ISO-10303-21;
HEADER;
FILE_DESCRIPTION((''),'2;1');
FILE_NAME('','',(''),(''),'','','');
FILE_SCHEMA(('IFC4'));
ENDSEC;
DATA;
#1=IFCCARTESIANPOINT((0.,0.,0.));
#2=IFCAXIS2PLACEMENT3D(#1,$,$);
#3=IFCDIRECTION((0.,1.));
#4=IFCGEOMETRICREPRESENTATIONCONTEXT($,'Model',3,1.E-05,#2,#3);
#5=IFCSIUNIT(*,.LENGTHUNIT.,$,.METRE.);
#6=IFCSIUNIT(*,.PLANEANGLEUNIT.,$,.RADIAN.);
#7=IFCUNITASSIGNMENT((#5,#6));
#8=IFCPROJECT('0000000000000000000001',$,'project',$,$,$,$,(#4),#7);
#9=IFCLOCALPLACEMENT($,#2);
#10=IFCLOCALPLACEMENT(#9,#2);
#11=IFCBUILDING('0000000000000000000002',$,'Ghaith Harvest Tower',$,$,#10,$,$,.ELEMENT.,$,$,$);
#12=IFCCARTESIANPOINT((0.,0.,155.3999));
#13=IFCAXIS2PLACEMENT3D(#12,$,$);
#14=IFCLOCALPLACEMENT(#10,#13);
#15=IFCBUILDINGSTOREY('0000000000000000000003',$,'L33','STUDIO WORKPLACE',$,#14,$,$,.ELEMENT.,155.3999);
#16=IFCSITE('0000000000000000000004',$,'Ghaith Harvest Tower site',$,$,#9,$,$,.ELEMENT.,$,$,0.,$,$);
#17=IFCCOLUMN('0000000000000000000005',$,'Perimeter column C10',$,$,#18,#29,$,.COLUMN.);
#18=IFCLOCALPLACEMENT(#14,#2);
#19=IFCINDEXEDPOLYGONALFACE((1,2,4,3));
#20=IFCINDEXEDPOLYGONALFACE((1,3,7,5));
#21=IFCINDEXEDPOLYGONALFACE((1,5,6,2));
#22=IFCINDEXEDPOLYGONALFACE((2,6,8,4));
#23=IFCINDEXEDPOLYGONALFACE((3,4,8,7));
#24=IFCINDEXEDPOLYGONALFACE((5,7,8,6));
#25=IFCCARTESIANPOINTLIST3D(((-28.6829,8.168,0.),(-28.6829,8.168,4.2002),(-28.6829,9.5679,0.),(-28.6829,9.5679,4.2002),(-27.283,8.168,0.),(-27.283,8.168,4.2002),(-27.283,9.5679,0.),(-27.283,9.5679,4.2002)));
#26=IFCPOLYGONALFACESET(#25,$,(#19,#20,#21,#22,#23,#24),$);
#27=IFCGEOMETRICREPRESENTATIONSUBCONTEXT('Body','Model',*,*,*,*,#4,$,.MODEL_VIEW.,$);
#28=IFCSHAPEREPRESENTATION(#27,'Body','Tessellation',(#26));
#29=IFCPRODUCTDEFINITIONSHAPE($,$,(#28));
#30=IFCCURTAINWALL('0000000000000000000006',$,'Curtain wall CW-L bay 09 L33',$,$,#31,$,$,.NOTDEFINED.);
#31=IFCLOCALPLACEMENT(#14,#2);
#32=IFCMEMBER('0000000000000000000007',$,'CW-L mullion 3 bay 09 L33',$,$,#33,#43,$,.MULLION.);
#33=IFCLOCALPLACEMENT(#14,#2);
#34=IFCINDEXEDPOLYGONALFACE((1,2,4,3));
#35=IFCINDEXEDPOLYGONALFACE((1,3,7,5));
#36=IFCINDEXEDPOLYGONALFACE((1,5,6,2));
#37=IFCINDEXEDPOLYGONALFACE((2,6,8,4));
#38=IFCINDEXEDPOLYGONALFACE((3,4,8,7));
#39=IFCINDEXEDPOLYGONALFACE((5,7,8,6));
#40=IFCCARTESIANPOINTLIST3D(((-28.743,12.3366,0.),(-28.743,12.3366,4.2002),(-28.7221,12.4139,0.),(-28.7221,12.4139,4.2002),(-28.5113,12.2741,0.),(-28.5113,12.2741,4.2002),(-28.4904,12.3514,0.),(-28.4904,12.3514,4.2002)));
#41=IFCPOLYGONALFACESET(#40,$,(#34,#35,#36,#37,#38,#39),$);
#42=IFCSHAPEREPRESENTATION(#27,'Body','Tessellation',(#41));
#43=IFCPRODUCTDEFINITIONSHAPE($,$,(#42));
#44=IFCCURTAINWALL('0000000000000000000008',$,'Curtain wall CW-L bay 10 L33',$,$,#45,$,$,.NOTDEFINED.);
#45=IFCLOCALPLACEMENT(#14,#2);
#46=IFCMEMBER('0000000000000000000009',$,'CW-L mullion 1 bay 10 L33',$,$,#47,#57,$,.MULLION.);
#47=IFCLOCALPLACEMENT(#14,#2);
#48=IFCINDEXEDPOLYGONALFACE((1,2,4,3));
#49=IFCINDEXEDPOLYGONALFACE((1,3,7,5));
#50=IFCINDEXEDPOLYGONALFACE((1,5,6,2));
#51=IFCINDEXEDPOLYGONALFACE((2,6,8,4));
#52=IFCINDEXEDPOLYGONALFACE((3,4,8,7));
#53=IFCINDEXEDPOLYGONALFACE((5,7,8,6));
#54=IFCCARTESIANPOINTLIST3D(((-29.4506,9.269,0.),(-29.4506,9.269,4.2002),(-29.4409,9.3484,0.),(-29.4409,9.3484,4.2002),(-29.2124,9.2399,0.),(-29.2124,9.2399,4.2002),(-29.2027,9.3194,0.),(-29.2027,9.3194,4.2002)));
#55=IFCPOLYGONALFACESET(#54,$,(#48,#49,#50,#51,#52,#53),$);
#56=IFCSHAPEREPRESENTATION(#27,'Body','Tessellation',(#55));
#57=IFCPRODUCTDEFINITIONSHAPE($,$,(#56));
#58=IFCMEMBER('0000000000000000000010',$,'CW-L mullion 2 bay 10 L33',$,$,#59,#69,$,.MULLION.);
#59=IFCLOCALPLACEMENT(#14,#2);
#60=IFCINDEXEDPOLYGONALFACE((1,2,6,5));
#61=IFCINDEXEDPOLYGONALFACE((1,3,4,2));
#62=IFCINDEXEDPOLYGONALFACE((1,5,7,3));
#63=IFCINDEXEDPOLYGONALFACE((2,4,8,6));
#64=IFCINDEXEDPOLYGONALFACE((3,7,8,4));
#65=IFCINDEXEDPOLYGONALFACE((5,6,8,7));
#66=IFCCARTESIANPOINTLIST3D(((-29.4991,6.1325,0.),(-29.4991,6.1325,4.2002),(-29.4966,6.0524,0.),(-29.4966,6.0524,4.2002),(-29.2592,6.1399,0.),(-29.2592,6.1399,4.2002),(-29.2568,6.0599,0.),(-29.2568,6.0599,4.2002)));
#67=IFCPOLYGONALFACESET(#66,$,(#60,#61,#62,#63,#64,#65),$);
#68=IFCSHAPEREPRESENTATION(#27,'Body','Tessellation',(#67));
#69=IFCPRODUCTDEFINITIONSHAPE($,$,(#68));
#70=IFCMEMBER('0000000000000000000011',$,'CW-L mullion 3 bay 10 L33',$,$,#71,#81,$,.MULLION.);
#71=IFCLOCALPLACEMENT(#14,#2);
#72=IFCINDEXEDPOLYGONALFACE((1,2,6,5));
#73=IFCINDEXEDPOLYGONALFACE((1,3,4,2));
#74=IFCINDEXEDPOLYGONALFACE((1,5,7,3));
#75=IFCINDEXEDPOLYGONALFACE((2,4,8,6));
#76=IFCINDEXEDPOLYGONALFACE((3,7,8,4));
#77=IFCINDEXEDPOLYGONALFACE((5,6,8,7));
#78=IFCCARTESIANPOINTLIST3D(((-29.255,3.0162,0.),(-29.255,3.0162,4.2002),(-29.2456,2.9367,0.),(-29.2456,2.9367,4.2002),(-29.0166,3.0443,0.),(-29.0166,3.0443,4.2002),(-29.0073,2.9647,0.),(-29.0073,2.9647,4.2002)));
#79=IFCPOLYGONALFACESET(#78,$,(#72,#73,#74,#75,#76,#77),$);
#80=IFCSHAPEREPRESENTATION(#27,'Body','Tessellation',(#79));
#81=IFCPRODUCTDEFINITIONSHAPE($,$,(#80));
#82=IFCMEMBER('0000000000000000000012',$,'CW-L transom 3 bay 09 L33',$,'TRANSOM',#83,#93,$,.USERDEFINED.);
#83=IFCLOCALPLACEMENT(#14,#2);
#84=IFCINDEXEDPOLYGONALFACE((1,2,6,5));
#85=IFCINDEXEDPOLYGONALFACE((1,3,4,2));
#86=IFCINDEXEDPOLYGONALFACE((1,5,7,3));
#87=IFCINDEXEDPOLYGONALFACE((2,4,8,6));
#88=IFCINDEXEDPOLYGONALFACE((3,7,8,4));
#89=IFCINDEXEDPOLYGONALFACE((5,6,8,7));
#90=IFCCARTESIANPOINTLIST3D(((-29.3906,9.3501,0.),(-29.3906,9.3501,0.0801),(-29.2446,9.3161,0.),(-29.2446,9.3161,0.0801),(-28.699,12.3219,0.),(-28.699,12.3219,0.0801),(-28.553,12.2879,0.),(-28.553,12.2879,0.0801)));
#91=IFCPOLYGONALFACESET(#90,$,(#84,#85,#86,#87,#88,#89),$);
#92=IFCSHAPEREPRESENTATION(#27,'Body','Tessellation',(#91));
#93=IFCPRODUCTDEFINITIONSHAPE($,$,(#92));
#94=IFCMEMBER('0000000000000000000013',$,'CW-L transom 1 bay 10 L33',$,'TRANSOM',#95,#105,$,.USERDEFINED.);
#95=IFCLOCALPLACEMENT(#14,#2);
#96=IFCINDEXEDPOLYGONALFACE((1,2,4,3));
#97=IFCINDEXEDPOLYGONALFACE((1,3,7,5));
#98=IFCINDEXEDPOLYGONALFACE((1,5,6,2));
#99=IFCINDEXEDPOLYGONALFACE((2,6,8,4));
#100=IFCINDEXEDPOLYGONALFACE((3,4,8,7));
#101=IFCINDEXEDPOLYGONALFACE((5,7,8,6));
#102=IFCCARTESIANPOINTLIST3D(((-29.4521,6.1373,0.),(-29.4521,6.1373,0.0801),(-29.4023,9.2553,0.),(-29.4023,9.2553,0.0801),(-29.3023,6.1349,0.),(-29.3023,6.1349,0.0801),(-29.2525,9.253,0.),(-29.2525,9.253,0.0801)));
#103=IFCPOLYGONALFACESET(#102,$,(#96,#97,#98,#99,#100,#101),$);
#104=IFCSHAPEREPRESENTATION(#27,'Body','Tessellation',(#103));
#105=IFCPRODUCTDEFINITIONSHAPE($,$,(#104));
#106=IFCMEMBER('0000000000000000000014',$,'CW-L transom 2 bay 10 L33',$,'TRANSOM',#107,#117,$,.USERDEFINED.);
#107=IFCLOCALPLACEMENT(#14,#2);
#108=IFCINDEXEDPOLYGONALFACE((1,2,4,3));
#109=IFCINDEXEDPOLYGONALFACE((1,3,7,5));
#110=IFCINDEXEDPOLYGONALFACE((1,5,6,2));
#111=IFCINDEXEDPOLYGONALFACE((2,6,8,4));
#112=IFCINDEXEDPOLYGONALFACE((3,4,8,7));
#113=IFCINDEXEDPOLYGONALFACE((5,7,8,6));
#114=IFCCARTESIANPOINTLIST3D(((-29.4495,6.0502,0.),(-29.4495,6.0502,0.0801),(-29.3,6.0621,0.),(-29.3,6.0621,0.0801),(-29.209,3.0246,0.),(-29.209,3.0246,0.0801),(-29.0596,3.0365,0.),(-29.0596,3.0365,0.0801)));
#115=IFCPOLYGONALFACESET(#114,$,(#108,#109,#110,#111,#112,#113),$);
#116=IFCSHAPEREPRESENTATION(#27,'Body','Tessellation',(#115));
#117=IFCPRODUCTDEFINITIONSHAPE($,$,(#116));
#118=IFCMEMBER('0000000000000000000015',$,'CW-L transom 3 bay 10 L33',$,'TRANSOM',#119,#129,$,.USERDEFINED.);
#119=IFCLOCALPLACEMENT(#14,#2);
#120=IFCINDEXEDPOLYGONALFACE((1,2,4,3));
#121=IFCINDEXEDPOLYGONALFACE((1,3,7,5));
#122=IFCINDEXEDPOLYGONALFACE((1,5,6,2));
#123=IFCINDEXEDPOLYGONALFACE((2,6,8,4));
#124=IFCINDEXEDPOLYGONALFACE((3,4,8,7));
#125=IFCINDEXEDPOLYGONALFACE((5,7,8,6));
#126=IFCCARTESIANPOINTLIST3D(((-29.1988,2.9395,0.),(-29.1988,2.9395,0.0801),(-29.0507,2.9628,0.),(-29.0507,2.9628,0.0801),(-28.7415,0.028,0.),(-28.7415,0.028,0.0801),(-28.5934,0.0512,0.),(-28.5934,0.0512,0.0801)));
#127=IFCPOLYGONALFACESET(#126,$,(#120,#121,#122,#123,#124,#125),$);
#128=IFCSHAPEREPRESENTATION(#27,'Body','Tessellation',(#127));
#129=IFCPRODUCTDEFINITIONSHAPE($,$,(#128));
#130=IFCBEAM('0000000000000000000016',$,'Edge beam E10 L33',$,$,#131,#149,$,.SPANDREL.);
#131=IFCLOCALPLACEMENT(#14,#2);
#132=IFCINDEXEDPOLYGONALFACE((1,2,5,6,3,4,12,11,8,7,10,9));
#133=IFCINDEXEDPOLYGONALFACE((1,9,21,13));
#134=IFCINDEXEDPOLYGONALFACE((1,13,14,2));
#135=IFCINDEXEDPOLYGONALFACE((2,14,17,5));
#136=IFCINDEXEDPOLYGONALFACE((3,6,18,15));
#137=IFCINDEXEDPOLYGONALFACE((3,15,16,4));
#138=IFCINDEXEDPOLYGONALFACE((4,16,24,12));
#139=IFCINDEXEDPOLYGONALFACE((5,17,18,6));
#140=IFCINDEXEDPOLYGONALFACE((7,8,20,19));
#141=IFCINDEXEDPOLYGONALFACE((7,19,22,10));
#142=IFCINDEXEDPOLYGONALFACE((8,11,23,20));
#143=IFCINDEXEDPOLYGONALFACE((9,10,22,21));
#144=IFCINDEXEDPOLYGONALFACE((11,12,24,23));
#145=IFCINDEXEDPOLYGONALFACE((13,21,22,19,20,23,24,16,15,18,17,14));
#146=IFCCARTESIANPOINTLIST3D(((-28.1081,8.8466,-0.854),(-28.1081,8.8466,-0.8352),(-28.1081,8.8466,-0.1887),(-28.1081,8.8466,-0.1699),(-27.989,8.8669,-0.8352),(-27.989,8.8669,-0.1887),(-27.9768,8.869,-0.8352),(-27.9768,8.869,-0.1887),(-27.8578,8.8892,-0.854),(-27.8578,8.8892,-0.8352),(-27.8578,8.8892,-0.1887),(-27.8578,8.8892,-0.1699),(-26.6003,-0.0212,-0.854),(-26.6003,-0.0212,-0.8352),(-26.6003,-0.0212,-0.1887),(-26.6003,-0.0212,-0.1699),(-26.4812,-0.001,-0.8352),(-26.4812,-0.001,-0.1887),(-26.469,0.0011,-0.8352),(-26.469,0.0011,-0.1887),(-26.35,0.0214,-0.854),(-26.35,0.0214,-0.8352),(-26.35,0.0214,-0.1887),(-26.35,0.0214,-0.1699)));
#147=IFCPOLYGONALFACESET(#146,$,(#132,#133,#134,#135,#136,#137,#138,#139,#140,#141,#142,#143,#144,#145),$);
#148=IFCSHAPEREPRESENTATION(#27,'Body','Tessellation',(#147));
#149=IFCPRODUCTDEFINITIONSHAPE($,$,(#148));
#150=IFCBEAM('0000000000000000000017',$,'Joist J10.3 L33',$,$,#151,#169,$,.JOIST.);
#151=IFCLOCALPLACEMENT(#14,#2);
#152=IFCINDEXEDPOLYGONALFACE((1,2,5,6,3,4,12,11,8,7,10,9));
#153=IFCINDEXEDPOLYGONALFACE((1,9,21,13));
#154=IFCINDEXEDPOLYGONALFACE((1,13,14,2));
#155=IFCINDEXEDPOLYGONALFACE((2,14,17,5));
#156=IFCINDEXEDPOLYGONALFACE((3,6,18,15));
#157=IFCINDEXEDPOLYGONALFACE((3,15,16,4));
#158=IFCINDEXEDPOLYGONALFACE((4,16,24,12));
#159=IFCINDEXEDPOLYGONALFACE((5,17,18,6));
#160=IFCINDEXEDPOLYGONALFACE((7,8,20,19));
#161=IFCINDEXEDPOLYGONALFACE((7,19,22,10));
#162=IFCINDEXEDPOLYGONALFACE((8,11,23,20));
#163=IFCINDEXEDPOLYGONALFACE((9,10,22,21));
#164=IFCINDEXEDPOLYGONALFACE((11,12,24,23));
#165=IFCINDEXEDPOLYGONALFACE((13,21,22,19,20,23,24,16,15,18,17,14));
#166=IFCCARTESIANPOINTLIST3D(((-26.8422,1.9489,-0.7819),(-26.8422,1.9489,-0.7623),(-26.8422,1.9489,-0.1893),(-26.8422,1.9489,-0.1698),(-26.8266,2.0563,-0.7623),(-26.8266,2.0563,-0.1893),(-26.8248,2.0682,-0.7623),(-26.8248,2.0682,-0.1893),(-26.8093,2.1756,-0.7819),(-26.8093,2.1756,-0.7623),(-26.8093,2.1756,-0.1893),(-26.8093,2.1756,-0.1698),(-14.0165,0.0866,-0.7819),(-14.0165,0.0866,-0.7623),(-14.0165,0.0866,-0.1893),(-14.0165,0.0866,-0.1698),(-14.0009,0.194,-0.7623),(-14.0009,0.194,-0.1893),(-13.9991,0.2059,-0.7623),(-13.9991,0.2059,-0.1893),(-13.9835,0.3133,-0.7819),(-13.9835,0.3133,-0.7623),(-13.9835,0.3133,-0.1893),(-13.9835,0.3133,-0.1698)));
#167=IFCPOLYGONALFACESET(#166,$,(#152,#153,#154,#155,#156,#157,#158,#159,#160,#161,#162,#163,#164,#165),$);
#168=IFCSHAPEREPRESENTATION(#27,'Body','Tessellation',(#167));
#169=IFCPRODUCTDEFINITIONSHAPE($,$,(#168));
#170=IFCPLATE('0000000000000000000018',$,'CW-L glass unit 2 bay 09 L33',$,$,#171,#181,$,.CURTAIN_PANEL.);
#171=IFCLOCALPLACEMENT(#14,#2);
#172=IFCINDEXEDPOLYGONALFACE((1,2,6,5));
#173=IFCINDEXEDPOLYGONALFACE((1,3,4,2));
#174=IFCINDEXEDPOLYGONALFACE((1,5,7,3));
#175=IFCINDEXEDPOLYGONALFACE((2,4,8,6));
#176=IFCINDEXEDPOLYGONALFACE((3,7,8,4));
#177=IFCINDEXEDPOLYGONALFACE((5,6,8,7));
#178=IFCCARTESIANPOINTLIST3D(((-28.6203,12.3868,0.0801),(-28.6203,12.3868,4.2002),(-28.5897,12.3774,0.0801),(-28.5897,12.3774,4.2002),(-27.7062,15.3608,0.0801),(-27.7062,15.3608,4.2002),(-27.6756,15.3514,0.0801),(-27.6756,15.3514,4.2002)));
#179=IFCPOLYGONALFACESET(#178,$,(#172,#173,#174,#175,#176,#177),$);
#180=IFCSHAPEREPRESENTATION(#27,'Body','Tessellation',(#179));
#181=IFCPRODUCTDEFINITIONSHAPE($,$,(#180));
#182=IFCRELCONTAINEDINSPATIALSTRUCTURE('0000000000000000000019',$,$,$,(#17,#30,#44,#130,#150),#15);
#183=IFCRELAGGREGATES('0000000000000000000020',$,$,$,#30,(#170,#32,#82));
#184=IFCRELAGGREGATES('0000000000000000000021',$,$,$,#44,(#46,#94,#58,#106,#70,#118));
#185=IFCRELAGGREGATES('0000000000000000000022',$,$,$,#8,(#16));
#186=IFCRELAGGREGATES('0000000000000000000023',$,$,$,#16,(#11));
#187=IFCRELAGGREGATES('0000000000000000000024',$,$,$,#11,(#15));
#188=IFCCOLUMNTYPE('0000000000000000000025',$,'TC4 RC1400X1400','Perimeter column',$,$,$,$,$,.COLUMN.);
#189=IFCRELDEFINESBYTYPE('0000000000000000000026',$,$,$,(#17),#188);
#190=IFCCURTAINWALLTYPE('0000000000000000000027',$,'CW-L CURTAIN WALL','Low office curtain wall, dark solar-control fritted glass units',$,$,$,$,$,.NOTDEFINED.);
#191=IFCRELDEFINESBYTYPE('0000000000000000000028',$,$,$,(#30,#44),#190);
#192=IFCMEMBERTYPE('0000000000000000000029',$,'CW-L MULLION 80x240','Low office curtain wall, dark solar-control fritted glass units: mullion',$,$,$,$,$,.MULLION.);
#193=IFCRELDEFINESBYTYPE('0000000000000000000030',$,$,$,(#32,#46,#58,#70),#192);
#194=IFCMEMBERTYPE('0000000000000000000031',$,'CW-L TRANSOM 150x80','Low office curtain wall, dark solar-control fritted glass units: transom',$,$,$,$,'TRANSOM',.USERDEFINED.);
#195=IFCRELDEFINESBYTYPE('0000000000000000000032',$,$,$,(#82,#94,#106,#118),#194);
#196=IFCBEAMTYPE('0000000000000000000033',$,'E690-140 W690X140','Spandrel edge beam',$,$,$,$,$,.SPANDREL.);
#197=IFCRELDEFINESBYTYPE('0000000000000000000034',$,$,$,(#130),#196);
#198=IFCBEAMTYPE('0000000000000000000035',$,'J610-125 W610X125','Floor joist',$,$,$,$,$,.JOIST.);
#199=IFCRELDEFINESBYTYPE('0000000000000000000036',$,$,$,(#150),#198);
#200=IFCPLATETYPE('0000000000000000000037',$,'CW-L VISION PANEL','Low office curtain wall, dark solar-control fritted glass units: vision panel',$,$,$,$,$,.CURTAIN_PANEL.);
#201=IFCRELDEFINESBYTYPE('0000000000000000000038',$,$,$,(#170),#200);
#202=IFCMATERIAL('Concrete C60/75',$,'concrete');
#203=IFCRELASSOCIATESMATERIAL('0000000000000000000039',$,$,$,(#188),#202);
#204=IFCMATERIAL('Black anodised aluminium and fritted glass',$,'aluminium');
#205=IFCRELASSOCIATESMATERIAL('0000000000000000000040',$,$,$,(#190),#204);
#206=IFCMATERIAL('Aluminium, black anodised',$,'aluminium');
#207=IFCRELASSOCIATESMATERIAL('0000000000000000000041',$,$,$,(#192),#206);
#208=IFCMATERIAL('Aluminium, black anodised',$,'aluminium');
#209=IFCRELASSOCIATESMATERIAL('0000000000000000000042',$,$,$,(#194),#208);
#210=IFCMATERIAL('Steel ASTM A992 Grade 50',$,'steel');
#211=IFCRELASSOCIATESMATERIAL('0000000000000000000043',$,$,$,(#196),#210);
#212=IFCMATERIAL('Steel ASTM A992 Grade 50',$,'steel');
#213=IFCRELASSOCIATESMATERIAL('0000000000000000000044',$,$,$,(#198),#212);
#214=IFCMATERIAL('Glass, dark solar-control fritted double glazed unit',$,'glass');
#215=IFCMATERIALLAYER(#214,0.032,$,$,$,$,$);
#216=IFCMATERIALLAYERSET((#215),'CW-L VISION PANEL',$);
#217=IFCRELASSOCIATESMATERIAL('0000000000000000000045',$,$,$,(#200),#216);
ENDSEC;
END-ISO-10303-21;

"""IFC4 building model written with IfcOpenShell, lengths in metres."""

from ifc_helpers import new_model, si_unit, direction, frame, origin, origin_2d, place, context, subcontext, project, spatial, rectangle, i_section, extrude, material, layer, layer_set, material_profile, profile_set, type_object, element, aggregate, save


model = new_model("IFC4")

# Units and contexts
model_context = context("Model", 3, precision=1e-05, world=origin(), true_north=direction((0.0, 1.0)))
body_context = subcontext(model_context, "Body", "Model", "MODEL_VIEW")
ifc_project = project(units=[si_unit("LENGTHUNIT", "METRE"), si_unit("PLANEANGLEUNIT", "RADIAN")], contexts=[model_context])

# Site, building, storey
site_placement = place(None, origin())
site = spatial("IfcSite", under=ifc_project, at=site_placement, Name="Ghaith Harvest Tower site", CompositionType="ELEMENT", RefElevation=0.0)
building_placement = place(site_placement, origin())
building = spatial("IfcBuilding", under=site, at=building_placement, Name="Ghaith Harvest Tower", CompositionType="ELEMENT")
storey_placement = place(building_placement, frame((0.0, 0.0, 155.3999)))
storey = spatial("IfcBuildingStorey", under=building, at=storey_placement, Name="L33", Description="STUDIO WORKPLACE", CompositionType="ELEMENT", Elevation=155.3999)

# Column
ifc_material_1 = material(Name="Concrete C60/75", Category="concrete")
ifc_material_profile_1 = material_profile(ifc_material_1, rectangle(XDim=1.3999, YDim=1.3999, at=origin_2d()), Name="RC1400X1400")
ifc_profile_set_1 = profile_set([ifc_material_profile_1], Name="Concrete C60/75")
column_type = type_object("IfcColumnType", Name="TC4 RC1400X1400", Description="Perimeter column", PredefinedType="COLUMN", material=ifc_profile_set_1)
column_placement = place(storey_placement, frame((-27.9829, 8.8679, 0.0), z_axis=(0.0, 0.0, 1.0), x_axis=(1.0, 0.0, 0.0)))
element("IfcColumn", 1, at=column_placement, inside=storey, type_object=column_type, Name="Perimeter column C10", PredefinedType="COLUMN", context=body_context, shape_type="SweptSolid", body=[
    extrude(rectangle(XDim=1.3999, YDim=1.3999, at=origin_2d()), origin(), (0.0, 0.0, 1.0), 4.2002),
])

# Curtain wall, member
ifc_material_2 = material(Name="Black anodised aluminium and fritted glass", Category="aluminium")
curtain_wall_type = type_object("IfcCurtainWallType", Name="CW-L CURTAIN WALL", Description="Low office curtain wall, dark solar-control fritted glass units", PredefinedType="NOTDEFINED", material=ifc_material_2)
curtain_wall_1_placement = place(storey_placement, origin())
curtain_wall_1 = element("IfcCurtainWall", 2, at=curtain_wall_1_placement, inside=storey, type_object=curtain_wall_type, Name="Curtain wall CW-L bay 09 L33", PredefinedType="NOTDEFINED")
ifc_material_3 = material(Name="Aluminium, black anodised", Category="aluminium")
ifc_material_profile_2 = material_profile(ifc_material_3, rectangle(XDim=0.0801, YDim=0.24, at=origin_2d()), Name="CW-L MULLION 80x240")
ifc_profile_set_2 = profile_set([ifc_material_profile_2], Name="Aluminium, black anodised")
member_type_1 = type_object("IfcMemberType", Name="CW-L MULLION 80x240", Description="Low office curtain wall, dark solar-control fritted glass units: mullion", PredefinedType="MULLION", material=ifc_profile_set_2)
member_1_placement = place(storey_placement, frame((-28.6167, 12.344, 0.0), z_axis=(0.0, 0.0, 1.0), x_axis=(-0.260727, -0.965412, 0.0)))
member_1 = element("IfcMember", 3, at=member_1_placement, type_object=member_type_1, Name="CW-L mullion 3 bay 09 L33", PredefinedType="MULLION", context=body_context, shape_type="SweptSolid", body=[
    extrude(rectangle(XDim=0.0801, YDim=0.24, at=origin_2d()), origin(), (0.0, 0.0, 1.0), 4.2002),
])

# Curtain wall, members
curtain_wall_2_placement = place(storey_placement, origin())
curtain_wall_2 = element("IfcCurtainWall", 4, at=curtain_wall_2_placement, inside=storey, type_object=curtain_wall_type, Name="Curtain wall CW-L bay 10 L33", PredefinedType="NOTDEFINED")
member_2_placement = place(storey_placement, frame((-29.3267, 9.2942, 0.0), z_axis=(0.0, 0.0, 1.0), x_axis=(-0.120932, -0.992661, 0.0)))
member_2 = element("IfcMember", 5, at=member_2_placement, type_object=member_type_1, Name="CW-L mullion 1 bay 10 L33", PredefinedType="MULLION", context=body_context, shape_type="SweptSolid", body=[
    extrude(rectangle(XDim=0.0801, YDim=0.24, at=origin_2d()), origin(), (0.0, 0.0, 1.0), 4.2002),
])
member_3_placement = place(storey_placement, frame((-29.3779, 6.0962, 0.0), z_axis=(0.0, 0.0, 1.0), x_axis=(0.031028, -0.999519, 0.0)))
member_3 = element("IfcMember", 6, at=member_3_placement, type_object=member_type_1, Name="CW-L mullion 2 bay 10 L33", PredefinedType="MULLION", context=body_context, shape_type="SweptSolid", body=[
    extrude(rectangle(XDim=0.0801, YDim=0.24, at=origin_2d()), origin(), (0.0, 0.0, 1.0), 4.2002),
])
member_4_placement = place(storey_placement, frame((-29.1311, 2.9905, 0.0), z_axis=(0.0, 0.0, 1.0), x_axis=(0.116764, -0.99316, 0.0)))
member_4 = element("IfcMember", 7, at=member_4_placement, type_object=member_type_1, Name="CW-L mullion 3 bay 10 L33", PredefinedType="MULLION", context=body_context, shape_type="SweptSolid", body=[
    extrude(rectangle(XDim=0.0801, YDim=0.24, at=origin_2d()), origin(), (0.0, 0.0, 1.0), 4.2002),
])

# Members
ifc_material_4 = material(Name="Aluminium, black anodised", Category="aluminium")
ifc_material_profile_3 = material_profile(ifc_material_4, rectangle(XDim=0.1499, YDim=0.0801, at=origin_2d()), Name="CW-L TRANSOM 150x80")
ifc_profile_set_3 = profile_set([ifc_material_profile_3], Name="Aluminium, black anodised")
member_type_2 = type_object("IfcMemberType", Name="CW-L TRANSOM 150x80", Description="Low office curtain wall, dark solar-control fritted glass units: transom", ElementType="TRANSOM", PredefinedType="USERDEFINED", material=ifc_profile_set_3)
member_5_placement = place(storey_placement, frame((-28.626, 12.3049, 0.04), z_axis=(-0.226671, -0.973971, 0.0), x_axis=(0.973971, -0.226671, 0.0)))
member_5 = element("IfcMember", 8, at=member_5_placement, type_object=member_type_2, Name="CW-L transom 3 bay 09 L33", ObjectType="TRANSOM", PredefinedType="USERDEFINED", context=body_context, shape_type="SweptSolid", body=[
    extrude(rectangle(XDim=0.1499, YDim=0.0801, at=origin_2d()), origin(), (0.0, 0.0, 1.0), 3.0513),
])
member_6_placement = place(storey_placement, frame((-29.3274, 9.2542, 0.04), z_axis=(-0.015972, -0.999872, 0.0), x_axis=(0.999872, -0.015972, 0.0)))
member_6 = element("IfcMember", 9, at=member_6_placement, type_object=member_type_2, Name="CW-L transom 1 bay 10 L33", ObjectType="TRANSOM", PredefinedType="USERDEFINED", context=body_context, shape_type="SweptSolid", body=[
    extrude(rectangle(XDim=0.1499, YDim=0.0801, at=origin_2d()), origin(), (0.0, 0.0, 1.0), 3.1184),
])
member_7_placement = place(storey_placement, frame((-29.3748, 6.0562, 0.04), z_axis=(0.07923, -0.996856, 0.0), x_axis=(0.996856, 0.07923, 0.0)))
member_7 = element("IfcMember", 10, at=member_7_placement, type_object=member_type_2, Name="CW-L transom 2 bay 10 L33", ObjectType="TRANSOM", PredefinedType="USERDEFINED", context=body_context, shape_type="SweptSolid", body=[
    extrude(rectangle(XDim=0.1499, YDim=0.0801, at=origin_2d()), origin(), (0.0, 0.0, 1.0), 3.0352),
])
member_8_placement = place(storey_placement, frame((-29.1248, 2.9512, 0.04), z_axis=(0.15515, -0.987891, 0.0), x_axis=(0.987891, 0.15515, 0.0)))
member_8 = element("IfcMember", 11, at=member_8_placement, type_object=member_type_2, Name="CW-L transom 3 bay 10 L33", ObjectType="TRANSOM", PredefinedType="USERDEFINED", context=body_context, shape_type="SweptSolid", body=[
    extrude(rectangle(XDim=0.1499, YDim=0.0801, at=origin_2d()), origin(), (0.0, 0.0, 1.0), 2.9473),
])

# Beams
ifc_material_5 = material(Name="Steel ASTM A992 Grade 50", Category="steel")
ifc_material_profile_4 = material_profile(ifc_material_5, i_section(OverallWidth=0.2539, OverallDepth=0.6841, WebThickness=0.0125, FlangeThickness=0.0188, at=origin_2d()), Name="W690X140")
ifc_profile_set_4 = profile_set([ifc_material_profile_4], Name="Steel ASTM A992 Grade 50")
beam_type_1 = type_object("IfcBeamType", Name="E690-140 W690X140", Description="Spandrel edge beam", PredefinedType="SPANDREL", material=ifc_profile_set_4)
beam_1_placement = place(storey_placement, frame((-27.9829, 8.8679, -0.512), z_axis=(0.167624, -0.985851, 0.0), x_axis=(0.985851, 0.167624, 0.0)))
element("IfcBeam", 12, at=beam_1_placement, inside=storey, type_object=beam_type_1, Name="Edge beam E10 L33", PredefinedType="SPANDREL", context=body_context, shape_type="SweptSolid", body=[
    extrude(i_section(OverallWidth=0.2539, OverallDepth=0.6841, WebThickness=0.0125, FlangeThickness=0.0188, at=origin_2d()), origin(), (0.0, 0.0, 1.0), 8.9951),
])
ifc_material_6 = material(Name="Steel ASTM A992 Grade 50", Category="steel")
ifc_material_profile_5 = material_profile(ifc_material_6, i_section(OverallWidth=0.229, OverallDepth=0.6121, WebThickness=0.012, FlangeThickness=0.0195, at=origin_2d()), Name="W610X125")
ifc_profile_set_5 = profile_set([ifc_material_profile_5], Name="Steel ASTM A992 Grade 50")
beam_type_2 = type_object("IfcBeamType", Name="J610-125 W610X125", Description="Floor joist", PredefinedType="JOIST", material=ifc_profile_set_5)
beam_2_placement = place(storey_placement, frame((-14.0, 0.2, -0.4758), z_axis=(-0.989622, 0.143694, 0.0), x_axis=(-0.143694, -0.989622, 0.0)))
element("IfcBeam", 13, at=beam_2_placement, inside=storey, type_object=beam_type_2, Name="Joist J10.3 L33", PredefinedType="JOIST", context=body_context, shape_type="SweptSolid", body=[
    extrude(i_section(OverallWidth=0.229, OverallDepth=0.6121, WebThickness=0.012, FlangeThickness=0.0195, at=origin_2d()), origin(), (0.0, 0.0, 1.0), 12.9602),
])

# Plate
ifc_material_7 = material(Name="Glass, dark solar-control fritted double glazed unit", Category="glass")
ifc_layer_1 = layer(ifc_material_7, 0.032)
ifc_layer_set_1 = layer_set([ifc_layer_1], Name="CW-L VISION PANEL")
plate_type_1 = type_object("IfcPlateType", Name="CW-L VISION PANEL", Description="Low office curtain wall, dark solar-control fritted glass units: vision panel", PredefinedType="CURTAIN_PANEL", material=ifc_layer_set_1)
plate_1_placement = place(storey_placement, frame((-28.1479, 13.8691, 0.0801), z_axis=(0.0, 0.0, 1.0), x_axis=(-0.293803, -0.955866, 0.0)))
plate_1 = element("IfcPlate", 14, at=plate_1_placement, type_object=plate_type_1, Name="CW-L glass unit 2 bay 09 L33", PredefinedType="CURTAIN_PANEL", context=body_context, shape_type="SweptSolid", body=[
    extrude(rectangle(XDim=3.1113, YDim=0.032, at=origin_2d()), origin(), (0.0, 0.0, 1.0), 4.1201),
])
aggregate(curtain_wall_1, [plate_1, member_1, member_5])
aggregate(curtain_wall_2, [member_2, member_6, member_3, member_7, member_4, member_8])

save(model, "model.ifc")
